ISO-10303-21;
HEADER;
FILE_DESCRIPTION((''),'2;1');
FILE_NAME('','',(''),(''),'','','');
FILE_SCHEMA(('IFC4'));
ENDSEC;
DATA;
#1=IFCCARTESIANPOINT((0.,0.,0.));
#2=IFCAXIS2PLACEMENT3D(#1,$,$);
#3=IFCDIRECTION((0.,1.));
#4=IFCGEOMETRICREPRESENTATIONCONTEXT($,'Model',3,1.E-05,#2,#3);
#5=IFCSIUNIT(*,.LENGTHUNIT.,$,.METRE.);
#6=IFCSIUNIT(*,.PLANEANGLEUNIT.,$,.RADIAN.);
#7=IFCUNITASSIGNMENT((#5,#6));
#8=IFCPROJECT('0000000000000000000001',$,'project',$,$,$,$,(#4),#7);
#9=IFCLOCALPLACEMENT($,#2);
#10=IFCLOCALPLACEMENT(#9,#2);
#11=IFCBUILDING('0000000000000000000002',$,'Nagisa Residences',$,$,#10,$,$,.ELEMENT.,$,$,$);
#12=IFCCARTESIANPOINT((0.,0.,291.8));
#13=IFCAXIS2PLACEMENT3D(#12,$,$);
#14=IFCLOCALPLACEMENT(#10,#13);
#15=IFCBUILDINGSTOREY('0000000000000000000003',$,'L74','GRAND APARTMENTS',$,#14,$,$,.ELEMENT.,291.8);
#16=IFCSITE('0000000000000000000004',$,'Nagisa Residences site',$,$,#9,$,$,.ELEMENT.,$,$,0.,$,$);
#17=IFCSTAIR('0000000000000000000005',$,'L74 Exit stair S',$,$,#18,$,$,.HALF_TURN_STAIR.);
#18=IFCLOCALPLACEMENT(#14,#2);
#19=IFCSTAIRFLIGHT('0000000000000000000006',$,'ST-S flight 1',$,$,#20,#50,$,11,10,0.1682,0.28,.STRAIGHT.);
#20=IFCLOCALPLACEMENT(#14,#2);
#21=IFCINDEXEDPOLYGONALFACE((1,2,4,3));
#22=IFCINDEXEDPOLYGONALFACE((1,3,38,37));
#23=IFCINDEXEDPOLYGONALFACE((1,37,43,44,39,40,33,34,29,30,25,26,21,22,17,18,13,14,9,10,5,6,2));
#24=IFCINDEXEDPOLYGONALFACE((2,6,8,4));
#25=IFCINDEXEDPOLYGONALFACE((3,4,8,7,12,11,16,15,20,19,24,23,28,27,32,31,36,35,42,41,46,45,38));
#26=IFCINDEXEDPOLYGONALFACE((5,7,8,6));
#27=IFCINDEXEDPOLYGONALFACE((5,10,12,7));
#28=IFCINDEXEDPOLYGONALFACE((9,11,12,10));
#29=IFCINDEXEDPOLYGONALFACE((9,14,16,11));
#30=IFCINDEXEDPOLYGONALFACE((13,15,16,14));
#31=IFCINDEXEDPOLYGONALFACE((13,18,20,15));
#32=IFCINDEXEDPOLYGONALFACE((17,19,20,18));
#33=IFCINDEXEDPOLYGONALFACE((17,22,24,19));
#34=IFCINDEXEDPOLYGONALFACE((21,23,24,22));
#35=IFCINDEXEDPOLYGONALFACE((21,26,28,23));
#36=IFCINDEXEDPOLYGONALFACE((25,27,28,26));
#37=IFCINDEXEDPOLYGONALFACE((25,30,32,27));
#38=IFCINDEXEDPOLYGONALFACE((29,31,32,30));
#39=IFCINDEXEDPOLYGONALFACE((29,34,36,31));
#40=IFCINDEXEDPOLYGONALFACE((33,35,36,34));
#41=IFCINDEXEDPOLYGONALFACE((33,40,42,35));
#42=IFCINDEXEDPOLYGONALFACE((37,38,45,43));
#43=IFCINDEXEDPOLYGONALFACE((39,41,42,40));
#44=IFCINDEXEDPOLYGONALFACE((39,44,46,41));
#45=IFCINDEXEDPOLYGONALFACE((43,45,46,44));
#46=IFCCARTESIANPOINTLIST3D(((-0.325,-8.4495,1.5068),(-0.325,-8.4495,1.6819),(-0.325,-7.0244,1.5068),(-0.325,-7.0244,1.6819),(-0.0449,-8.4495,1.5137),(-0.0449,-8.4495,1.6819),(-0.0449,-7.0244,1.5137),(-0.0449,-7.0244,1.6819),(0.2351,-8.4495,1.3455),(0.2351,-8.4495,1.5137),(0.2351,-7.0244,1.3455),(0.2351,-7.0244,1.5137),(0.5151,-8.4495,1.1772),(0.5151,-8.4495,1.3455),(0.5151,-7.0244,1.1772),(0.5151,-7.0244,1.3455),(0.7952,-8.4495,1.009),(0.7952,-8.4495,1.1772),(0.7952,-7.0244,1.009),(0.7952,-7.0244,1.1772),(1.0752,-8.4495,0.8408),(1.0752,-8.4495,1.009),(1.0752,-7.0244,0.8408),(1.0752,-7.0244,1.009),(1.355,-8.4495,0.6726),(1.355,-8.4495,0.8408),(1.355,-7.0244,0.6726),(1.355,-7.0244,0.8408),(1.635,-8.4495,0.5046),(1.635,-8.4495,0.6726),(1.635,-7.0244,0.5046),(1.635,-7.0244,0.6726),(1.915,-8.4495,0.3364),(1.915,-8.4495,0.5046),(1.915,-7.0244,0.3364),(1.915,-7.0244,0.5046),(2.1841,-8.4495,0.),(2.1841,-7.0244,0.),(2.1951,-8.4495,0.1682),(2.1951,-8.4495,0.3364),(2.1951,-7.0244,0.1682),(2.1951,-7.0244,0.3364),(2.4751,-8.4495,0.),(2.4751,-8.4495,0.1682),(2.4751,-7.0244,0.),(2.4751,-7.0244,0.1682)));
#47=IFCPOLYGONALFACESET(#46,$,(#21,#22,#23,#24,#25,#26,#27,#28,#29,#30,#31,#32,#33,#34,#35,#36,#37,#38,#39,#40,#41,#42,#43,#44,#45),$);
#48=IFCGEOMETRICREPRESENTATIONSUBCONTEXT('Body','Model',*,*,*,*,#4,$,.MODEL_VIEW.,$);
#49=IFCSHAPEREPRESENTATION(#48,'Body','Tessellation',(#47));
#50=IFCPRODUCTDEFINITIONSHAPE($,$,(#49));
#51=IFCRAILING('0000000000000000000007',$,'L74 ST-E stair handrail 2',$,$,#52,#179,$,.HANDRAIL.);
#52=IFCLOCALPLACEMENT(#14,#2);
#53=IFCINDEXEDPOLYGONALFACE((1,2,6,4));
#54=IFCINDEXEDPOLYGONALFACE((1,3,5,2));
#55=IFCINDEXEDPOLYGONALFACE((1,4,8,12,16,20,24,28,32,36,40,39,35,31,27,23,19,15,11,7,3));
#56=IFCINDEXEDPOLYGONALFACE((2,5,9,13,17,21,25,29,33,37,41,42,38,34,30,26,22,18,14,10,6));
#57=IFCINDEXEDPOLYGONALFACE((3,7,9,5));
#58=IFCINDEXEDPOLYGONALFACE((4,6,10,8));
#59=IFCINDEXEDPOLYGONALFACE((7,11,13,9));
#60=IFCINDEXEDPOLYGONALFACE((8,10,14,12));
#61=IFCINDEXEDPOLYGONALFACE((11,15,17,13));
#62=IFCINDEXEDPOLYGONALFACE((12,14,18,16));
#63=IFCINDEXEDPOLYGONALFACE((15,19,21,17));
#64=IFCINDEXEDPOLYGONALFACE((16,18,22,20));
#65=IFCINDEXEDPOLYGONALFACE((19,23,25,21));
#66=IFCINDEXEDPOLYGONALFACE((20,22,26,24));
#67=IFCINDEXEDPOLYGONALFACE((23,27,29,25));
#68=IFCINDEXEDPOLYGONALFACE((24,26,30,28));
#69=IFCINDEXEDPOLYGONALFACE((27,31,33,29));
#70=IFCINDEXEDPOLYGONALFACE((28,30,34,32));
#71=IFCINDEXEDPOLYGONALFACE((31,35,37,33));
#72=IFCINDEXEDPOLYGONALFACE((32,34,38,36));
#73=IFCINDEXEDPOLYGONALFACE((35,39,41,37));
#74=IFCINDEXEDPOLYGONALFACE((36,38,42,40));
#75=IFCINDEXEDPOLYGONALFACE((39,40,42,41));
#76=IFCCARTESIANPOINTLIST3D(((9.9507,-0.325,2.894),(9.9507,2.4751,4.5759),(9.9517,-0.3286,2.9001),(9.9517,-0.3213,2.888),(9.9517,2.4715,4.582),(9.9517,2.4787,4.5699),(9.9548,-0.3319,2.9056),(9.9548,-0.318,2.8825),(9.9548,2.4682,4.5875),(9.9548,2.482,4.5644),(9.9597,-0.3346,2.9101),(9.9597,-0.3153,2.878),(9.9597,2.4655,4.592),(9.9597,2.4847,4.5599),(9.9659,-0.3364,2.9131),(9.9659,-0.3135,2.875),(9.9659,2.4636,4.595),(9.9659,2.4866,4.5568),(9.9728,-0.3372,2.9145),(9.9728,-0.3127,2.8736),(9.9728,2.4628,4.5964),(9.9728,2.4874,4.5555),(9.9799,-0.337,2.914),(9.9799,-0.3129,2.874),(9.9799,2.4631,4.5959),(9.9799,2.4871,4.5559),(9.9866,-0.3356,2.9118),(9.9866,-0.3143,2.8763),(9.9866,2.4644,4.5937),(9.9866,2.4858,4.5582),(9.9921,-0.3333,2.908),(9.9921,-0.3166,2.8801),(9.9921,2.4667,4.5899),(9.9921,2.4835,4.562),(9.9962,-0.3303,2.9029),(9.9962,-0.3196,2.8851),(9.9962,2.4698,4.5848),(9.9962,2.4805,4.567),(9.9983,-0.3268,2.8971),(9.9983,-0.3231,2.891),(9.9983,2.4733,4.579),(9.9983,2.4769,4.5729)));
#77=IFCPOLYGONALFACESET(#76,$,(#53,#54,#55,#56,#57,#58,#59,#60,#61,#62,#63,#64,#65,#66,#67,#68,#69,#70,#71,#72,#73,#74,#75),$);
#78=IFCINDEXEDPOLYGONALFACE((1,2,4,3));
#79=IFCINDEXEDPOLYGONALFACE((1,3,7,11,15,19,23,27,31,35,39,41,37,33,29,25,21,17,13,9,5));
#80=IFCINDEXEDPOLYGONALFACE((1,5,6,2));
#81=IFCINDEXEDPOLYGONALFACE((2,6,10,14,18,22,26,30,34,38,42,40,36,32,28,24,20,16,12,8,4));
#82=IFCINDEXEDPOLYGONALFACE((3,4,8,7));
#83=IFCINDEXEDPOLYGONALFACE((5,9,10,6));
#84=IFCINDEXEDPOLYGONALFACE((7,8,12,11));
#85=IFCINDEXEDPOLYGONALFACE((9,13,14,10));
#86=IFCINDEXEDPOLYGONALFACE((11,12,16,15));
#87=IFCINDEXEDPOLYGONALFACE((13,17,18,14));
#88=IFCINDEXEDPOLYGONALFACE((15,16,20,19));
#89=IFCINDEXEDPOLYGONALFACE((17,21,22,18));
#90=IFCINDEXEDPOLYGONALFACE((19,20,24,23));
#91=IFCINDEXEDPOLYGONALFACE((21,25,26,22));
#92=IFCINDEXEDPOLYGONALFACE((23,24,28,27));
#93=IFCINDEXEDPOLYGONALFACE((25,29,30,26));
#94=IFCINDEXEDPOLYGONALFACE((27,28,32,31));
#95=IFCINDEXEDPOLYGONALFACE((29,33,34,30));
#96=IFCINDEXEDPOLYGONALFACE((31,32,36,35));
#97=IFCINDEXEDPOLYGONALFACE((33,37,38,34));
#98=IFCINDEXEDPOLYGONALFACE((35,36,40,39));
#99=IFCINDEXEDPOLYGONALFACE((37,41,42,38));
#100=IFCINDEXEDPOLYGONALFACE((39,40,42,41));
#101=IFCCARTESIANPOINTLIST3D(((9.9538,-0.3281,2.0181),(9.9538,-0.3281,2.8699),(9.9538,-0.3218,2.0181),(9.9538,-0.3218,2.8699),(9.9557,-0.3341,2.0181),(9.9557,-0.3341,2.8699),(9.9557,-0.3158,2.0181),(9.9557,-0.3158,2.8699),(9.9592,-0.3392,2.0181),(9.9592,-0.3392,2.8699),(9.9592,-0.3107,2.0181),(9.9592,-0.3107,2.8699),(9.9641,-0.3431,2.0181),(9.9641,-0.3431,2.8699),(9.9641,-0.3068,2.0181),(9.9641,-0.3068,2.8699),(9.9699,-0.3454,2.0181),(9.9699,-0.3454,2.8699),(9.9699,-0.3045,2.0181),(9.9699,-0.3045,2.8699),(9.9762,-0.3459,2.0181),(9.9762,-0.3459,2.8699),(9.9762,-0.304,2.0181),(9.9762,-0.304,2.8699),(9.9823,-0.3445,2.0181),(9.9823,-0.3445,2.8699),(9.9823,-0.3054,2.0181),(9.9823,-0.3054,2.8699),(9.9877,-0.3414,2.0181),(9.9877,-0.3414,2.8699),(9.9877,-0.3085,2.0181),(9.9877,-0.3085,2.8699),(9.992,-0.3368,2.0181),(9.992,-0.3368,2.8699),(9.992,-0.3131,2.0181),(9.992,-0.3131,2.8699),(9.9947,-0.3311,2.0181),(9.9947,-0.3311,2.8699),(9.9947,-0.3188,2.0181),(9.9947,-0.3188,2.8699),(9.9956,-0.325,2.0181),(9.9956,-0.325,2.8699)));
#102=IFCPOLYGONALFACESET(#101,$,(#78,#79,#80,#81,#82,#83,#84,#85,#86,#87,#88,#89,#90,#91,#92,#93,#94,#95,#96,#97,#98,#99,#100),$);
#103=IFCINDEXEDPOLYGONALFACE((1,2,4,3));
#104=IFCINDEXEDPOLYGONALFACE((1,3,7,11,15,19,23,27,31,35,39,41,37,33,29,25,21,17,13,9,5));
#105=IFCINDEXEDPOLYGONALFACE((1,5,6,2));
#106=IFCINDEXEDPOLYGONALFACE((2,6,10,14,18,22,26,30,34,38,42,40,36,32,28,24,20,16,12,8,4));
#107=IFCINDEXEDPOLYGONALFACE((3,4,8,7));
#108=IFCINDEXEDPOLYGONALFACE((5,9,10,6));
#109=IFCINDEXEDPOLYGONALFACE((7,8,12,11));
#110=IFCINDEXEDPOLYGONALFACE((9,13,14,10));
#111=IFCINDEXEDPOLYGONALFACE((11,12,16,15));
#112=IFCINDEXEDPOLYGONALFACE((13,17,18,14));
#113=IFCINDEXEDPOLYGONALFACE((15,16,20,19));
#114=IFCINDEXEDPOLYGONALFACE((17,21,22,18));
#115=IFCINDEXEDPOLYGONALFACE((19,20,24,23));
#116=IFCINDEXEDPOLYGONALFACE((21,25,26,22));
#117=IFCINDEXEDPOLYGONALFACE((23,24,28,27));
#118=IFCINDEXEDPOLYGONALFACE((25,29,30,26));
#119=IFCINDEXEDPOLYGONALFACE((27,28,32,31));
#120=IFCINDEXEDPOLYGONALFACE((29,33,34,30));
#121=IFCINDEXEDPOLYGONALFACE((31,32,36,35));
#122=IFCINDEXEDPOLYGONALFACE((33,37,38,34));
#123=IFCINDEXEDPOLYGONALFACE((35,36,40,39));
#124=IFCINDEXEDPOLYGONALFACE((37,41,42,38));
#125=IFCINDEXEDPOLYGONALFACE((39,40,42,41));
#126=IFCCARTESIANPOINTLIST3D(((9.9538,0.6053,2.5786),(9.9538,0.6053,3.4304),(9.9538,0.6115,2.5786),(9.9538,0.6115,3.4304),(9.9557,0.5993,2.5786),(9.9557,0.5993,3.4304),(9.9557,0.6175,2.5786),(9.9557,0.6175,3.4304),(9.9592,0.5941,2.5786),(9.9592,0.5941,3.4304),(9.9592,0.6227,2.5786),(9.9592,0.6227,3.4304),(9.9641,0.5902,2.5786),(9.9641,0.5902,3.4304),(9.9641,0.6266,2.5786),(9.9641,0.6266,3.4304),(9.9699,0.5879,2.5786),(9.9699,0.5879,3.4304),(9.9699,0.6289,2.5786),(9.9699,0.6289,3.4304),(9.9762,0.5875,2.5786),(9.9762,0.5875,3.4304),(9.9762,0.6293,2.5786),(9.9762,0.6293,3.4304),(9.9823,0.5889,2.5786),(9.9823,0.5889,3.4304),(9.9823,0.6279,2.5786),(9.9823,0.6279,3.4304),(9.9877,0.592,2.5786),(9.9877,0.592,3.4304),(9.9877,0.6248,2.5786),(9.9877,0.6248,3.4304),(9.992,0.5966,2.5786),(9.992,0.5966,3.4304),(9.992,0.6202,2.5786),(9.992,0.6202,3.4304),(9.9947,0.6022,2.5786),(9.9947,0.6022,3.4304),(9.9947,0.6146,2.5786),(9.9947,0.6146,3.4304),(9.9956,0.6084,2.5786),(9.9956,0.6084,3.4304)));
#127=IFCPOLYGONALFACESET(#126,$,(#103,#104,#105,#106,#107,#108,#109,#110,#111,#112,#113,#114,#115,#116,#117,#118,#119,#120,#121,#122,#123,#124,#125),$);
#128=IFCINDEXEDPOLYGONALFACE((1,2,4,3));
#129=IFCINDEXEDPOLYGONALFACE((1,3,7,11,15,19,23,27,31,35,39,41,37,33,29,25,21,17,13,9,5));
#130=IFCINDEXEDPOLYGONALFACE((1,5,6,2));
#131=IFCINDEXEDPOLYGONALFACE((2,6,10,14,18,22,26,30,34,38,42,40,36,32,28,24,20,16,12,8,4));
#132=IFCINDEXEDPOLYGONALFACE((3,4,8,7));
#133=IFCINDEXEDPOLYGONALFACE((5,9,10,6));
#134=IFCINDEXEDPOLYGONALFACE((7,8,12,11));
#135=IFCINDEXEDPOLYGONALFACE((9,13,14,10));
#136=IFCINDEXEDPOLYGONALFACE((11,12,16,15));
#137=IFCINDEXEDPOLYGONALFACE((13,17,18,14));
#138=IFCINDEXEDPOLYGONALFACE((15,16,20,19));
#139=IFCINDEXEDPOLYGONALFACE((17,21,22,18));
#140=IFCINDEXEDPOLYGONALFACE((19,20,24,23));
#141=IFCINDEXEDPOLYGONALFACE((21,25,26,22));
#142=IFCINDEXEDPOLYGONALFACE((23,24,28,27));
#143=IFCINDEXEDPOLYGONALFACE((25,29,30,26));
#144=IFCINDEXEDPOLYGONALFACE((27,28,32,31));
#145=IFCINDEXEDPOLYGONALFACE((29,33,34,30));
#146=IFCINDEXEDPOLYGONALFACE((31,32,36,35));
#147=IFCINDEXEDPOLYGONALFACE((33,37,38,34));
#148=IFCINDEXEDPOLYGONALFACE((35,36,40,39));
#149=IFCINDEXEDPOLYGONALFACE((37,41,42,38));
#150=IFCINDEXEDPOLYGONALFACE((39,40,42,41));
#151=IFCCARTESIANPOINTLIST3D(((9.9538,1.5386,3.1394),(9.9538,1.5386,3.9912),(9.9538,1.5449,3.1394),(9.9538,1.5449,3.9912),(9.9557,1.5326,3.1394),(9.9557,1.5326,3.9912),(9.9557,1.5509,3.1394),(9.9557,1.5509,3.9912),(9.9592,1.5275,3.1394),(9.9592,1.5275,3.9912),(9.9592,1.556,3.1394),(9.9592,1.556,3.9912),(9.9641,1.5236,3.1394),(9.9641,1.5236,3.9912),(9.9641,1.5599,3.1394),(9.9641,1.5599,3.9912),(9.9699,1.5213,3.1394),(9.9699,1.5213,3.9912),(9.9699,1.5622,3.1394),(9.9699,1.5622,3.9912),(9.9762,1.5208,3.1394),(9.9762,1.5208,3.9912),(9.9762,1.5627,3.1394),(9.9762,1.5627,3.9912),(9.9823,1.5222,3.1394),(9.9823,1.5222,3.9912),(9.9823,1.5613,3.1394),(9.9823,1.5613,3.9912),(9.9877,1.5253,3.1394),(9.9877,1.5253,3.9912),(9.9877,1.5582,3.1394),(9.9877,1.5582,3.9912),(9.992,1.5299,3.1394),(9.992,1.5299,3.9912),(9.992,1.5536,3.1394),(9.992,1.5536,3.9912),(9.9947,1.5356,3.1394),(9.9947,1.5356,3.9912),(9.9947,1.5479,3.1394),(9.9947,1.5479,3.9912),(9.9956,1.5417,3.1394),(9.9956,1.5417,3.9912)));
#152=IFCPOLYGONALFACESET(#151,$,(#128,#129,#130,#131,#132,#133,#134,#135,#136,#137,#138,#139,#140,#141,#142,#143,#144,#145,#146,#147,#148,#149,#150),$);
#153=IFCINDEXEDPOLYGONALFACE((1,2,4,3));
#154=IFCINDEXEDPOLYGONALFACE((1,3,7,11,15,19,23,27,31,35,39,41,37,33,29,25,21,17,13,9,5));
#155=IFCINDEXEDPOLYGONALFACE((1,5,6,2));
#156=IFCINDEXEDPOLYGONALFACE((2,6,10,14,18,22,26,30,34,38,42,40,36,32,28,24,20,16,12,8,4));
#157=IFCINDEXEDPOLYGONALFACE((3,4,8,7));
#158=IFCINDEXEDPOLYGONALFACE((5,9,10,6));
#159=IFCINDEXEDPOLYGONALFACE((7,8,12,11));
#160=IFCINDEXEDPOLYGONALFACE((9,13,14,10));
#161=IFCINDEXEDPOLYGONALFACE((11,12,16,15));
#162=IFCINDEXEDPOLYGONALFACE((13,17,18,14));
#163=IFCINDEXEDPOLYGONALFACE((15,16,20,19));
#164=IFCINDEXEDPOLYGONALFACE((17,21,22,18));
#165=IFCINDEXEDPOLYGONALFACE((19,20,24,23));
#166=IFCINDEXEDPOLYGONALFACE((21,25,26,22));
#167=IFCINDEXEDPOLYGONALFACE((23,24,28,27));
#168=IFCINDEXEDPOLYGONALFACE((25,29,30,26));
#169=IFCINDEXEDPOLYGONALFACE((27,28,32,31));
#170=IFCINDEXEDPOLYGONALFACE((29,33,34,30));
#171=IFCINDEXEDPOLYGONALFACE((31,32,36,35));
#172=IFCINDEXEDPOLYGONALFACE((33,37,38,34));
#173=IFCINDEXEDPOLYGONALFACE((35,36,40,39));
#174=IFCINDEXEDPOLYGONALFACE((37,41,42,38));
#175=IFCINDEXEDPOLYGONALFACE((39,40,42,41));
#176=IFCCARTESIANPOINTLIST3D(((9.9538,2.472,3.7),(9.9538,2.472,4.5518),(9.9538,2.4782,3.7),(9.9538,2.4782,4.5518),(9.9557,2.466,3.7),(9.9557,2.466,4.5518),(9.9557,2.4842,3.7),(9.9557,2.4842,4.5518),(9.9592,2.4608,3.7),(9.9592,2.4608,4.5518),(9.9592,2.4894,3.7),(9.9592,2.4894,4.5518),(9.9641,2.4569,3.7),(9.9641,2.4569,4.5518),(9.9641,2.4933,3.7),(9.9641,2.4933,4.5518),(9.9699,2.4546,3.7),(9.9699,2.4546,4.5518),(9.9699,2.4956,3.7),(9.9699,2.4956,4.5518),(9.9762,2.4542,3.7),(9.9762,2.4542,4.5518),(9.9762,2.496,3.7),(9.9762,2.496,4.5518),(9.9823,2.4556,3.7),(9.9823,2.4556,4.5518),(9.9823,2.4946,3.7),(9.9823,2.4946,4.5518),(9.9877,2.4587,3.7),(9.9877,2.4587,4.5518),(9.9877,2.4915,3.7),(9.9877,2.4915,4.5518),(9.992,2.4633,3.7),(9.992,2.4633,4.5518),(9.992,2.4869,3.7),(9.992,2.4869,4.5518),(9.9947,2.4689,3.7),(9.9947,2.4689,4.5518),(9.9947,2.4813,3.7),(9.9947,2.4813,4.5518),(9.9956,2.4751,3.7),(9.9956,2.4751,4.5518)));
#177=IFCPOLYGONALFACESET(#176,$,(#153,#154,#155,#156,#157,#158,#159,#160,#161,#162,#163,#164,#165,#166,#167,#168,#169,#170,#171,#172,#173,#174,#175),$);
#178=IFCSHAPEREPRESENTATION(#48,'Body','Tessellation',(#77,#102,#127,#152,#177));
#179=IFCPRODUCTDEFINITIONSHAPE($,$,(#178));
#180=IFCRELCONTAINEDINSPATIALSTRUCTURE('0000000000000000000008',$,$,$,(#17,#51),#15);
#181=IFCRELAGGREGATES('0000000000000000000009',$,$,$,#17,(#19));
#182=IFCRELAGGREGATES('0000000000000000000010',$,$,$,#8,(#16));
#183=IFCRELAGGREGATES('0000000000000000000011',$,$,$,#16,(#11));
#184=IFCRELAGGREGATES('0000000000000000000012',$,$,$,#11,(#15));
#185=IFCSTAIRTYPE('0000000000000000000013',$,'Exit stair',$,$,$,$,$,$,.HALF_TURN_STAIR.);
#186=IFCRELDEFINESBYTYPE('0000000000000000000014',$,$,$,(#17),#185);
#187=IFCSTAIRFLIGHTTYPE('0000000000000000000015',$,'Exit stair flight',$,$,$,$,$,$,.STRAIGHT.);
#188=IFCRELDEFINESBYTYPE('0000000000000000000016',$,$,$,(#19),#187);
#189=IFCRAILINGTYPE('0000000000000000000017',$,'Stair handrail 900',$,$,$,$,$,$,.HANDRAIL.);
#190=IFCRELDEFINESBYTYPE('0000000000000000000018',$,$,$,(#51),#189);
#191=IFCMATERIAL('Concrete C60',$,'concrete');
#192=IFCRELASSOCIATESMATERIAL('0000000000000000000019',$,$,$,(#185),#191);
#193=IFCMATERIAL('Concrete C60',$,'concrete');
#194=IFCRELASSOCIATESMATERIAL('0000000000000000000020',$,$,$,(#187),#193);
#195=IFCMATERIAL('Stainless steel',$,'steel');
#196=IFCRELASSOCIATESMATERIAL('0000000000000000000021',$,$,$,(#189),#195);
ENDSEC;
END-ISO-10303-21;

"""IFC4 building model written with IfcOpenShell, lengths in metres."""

from ifc_helpers import new_model, si_unit, direction, frame, origin, origin_2d, place, context, subcontext, project, spatial, polyline, circle, outline, extrude, material, type_object, element, aggregate, save


model = new_model("IFC4")

# Units and contexts
model_context = context("Model", 3, precision=1e-05, world=origin(), true_north=direction((0.0, 1.0)))
body_context = subcontext(model_context, "Body", "Model", "MODEL_VIEW")
ifc_project = project(units=[si_unit("LENGTHUNIT", "METRE"), si_unit("PLANEANGLEUNIT", "RADIAN")], contexts=[model_context])

# Site, building, storey
site_placement = place(None, origin())
site = spatial("IfcSite", under=ifc_project, at=site_placement, Name="Nagisa Residences site", CompositionType="ELEMENT", RefElevation=0.0)
building_placement = place(site_placement, origin())
building = spatial("IfcBuilding", under=site, at=building_placement, Name="Nagisa Residences", CompositionType="ELEMENT")
storey_placement = place(building_placement, frame((0.0, 0.0, 291.8)))
storey = spatial("IfcBuildingStorey", under=building, at=storey_placement, Name="L74", Description="GRAND APARTMENTS", CompositionType="ELEMENT", Elevation=291.8)

# Stair, stair flight
ifc_material_1 = material(Name="Concrete C60", Category="concrete")
stair_type = type_object("IfcStairType", Name="Exit stair", PredefinedType="HALF_TURN_STAIR", material=ifc_material_1)
ifc_material_2 = material(Name="Concrete C60", Category="concrete")
stair_flight_type = type_object("IfcStairFlightType", Name="Exit stair flight", PredefinedType="STRAIGHT", material=ifc_material_2)
stair_1_placement = place(storey_placement, origin())
stair_1 = element("IfcStair", 1, at=stair_1_placement, inside=storey, type_object=stair_type, Name="L74 Exit stair S", PredefinedType="HALF_TURN_STAIR")
stair_flight_1_placement = place(storey_placement, frame((2.4751, -7.7371, 0.0), z_axis=(0.0, 0.0, 1.0), x_axis=(-1.0, 0.0, 0.0)))
stair_flight_1 = element("IfcStairFlight", 2, at=stair_flight_1_placement, type_object=stair_flight_type, Name="ST-S flight 1", NumberOfRisers=11, NumberOfTreads=10, PredefinedType="STRAIGHT", RiserHeight=0.1682, TreadLength=0.28, context=body_context, shape_type="SweptSolid", body=[
    extrude(outline(polyline([(0.0, 0.0), (0.0, 0.1682), (0.28, 0.1682), (0.28, 0.3364), (0.5601, 0.3364), (0.5601, 0.5046), (0.8401, 0.5046), (0.8401, 0.6726), (1.1201, 0.6726), (1.1201, 0.8408), (1.3999, 0.8408), (1.3999, 1.009), (1.6799, 1.009), (1.6799, 1.1772), (1.96, 1.1772), (1.96, 1.3455), (2.24, 1.3455), (2.24, 1.5137), (2.52, 1.5137), (2.52, 1.6819), (2.8, 1.6819), (2.8, 1.8501), (2.8, 1.5068), (0.291, 0.0), (0.0, 0.0)])), frame((0.0, 0.7124, 0.0), z_axis=(0.0, -1.0, 0.0), x_axis=(1.0, 0.0, 0.0)), (0.0, 0.0, 1.0), 1.425),
])
aggregate(stair_1, [stair_flight_1])

# Railing
ifc_material_3 = material(Name="Stainless steel", Category="steel")
railing_type_1 = type_object("IfcRailingType", Name="Stair handrail 900", PredefinedType="HANDRAIL", material=ifc_material_3)
railing_1_placement = place(storey_placement, frame((9.9746, -0.325, 2.0181)))
element("IfcRailing", 3, at=railing_1_placement, inside=storey, type_object=railing_type_1, Name="L74 ST-E stair handrail 2", PredefinedType="HANDRAIL", context=body_context, shape_type="SweptSolid", body=[
    extrude(circle(Radius=0.0239, at=origin_2d()), frame((0.0, 0.0, 0.876), z_axis=(0.0, 0.857242, 0.514913), x_axis=(-1.0, 0.0, 0.0)), (0.0, 0.0, 1.0), 3.2664),
    extrude(circle(Radius=0.021, at=origin_2d()), origin(), (0.0, 0.0, 1.0), 0.8518),
    extrude(circle(Radius=0.021, at=origin_2d()), frame((0.0, 0.9333, 0.5605)), (0.0, 0.0, 1.0), 0.8518),
    extrude(circle(Radius=0.021, at=origin_2d()), frame((0.0, 1.8667, 1.1213)), (0.0, 0.0, 1.0), 0.8518),
    extrude(circle(Radius=0.021, at=origin_2d()), frame((0.0, 2.8, 1.6819)), (0.0, 0.0, 1.0), 0.8518),
])

save(model, "model.ifc")
